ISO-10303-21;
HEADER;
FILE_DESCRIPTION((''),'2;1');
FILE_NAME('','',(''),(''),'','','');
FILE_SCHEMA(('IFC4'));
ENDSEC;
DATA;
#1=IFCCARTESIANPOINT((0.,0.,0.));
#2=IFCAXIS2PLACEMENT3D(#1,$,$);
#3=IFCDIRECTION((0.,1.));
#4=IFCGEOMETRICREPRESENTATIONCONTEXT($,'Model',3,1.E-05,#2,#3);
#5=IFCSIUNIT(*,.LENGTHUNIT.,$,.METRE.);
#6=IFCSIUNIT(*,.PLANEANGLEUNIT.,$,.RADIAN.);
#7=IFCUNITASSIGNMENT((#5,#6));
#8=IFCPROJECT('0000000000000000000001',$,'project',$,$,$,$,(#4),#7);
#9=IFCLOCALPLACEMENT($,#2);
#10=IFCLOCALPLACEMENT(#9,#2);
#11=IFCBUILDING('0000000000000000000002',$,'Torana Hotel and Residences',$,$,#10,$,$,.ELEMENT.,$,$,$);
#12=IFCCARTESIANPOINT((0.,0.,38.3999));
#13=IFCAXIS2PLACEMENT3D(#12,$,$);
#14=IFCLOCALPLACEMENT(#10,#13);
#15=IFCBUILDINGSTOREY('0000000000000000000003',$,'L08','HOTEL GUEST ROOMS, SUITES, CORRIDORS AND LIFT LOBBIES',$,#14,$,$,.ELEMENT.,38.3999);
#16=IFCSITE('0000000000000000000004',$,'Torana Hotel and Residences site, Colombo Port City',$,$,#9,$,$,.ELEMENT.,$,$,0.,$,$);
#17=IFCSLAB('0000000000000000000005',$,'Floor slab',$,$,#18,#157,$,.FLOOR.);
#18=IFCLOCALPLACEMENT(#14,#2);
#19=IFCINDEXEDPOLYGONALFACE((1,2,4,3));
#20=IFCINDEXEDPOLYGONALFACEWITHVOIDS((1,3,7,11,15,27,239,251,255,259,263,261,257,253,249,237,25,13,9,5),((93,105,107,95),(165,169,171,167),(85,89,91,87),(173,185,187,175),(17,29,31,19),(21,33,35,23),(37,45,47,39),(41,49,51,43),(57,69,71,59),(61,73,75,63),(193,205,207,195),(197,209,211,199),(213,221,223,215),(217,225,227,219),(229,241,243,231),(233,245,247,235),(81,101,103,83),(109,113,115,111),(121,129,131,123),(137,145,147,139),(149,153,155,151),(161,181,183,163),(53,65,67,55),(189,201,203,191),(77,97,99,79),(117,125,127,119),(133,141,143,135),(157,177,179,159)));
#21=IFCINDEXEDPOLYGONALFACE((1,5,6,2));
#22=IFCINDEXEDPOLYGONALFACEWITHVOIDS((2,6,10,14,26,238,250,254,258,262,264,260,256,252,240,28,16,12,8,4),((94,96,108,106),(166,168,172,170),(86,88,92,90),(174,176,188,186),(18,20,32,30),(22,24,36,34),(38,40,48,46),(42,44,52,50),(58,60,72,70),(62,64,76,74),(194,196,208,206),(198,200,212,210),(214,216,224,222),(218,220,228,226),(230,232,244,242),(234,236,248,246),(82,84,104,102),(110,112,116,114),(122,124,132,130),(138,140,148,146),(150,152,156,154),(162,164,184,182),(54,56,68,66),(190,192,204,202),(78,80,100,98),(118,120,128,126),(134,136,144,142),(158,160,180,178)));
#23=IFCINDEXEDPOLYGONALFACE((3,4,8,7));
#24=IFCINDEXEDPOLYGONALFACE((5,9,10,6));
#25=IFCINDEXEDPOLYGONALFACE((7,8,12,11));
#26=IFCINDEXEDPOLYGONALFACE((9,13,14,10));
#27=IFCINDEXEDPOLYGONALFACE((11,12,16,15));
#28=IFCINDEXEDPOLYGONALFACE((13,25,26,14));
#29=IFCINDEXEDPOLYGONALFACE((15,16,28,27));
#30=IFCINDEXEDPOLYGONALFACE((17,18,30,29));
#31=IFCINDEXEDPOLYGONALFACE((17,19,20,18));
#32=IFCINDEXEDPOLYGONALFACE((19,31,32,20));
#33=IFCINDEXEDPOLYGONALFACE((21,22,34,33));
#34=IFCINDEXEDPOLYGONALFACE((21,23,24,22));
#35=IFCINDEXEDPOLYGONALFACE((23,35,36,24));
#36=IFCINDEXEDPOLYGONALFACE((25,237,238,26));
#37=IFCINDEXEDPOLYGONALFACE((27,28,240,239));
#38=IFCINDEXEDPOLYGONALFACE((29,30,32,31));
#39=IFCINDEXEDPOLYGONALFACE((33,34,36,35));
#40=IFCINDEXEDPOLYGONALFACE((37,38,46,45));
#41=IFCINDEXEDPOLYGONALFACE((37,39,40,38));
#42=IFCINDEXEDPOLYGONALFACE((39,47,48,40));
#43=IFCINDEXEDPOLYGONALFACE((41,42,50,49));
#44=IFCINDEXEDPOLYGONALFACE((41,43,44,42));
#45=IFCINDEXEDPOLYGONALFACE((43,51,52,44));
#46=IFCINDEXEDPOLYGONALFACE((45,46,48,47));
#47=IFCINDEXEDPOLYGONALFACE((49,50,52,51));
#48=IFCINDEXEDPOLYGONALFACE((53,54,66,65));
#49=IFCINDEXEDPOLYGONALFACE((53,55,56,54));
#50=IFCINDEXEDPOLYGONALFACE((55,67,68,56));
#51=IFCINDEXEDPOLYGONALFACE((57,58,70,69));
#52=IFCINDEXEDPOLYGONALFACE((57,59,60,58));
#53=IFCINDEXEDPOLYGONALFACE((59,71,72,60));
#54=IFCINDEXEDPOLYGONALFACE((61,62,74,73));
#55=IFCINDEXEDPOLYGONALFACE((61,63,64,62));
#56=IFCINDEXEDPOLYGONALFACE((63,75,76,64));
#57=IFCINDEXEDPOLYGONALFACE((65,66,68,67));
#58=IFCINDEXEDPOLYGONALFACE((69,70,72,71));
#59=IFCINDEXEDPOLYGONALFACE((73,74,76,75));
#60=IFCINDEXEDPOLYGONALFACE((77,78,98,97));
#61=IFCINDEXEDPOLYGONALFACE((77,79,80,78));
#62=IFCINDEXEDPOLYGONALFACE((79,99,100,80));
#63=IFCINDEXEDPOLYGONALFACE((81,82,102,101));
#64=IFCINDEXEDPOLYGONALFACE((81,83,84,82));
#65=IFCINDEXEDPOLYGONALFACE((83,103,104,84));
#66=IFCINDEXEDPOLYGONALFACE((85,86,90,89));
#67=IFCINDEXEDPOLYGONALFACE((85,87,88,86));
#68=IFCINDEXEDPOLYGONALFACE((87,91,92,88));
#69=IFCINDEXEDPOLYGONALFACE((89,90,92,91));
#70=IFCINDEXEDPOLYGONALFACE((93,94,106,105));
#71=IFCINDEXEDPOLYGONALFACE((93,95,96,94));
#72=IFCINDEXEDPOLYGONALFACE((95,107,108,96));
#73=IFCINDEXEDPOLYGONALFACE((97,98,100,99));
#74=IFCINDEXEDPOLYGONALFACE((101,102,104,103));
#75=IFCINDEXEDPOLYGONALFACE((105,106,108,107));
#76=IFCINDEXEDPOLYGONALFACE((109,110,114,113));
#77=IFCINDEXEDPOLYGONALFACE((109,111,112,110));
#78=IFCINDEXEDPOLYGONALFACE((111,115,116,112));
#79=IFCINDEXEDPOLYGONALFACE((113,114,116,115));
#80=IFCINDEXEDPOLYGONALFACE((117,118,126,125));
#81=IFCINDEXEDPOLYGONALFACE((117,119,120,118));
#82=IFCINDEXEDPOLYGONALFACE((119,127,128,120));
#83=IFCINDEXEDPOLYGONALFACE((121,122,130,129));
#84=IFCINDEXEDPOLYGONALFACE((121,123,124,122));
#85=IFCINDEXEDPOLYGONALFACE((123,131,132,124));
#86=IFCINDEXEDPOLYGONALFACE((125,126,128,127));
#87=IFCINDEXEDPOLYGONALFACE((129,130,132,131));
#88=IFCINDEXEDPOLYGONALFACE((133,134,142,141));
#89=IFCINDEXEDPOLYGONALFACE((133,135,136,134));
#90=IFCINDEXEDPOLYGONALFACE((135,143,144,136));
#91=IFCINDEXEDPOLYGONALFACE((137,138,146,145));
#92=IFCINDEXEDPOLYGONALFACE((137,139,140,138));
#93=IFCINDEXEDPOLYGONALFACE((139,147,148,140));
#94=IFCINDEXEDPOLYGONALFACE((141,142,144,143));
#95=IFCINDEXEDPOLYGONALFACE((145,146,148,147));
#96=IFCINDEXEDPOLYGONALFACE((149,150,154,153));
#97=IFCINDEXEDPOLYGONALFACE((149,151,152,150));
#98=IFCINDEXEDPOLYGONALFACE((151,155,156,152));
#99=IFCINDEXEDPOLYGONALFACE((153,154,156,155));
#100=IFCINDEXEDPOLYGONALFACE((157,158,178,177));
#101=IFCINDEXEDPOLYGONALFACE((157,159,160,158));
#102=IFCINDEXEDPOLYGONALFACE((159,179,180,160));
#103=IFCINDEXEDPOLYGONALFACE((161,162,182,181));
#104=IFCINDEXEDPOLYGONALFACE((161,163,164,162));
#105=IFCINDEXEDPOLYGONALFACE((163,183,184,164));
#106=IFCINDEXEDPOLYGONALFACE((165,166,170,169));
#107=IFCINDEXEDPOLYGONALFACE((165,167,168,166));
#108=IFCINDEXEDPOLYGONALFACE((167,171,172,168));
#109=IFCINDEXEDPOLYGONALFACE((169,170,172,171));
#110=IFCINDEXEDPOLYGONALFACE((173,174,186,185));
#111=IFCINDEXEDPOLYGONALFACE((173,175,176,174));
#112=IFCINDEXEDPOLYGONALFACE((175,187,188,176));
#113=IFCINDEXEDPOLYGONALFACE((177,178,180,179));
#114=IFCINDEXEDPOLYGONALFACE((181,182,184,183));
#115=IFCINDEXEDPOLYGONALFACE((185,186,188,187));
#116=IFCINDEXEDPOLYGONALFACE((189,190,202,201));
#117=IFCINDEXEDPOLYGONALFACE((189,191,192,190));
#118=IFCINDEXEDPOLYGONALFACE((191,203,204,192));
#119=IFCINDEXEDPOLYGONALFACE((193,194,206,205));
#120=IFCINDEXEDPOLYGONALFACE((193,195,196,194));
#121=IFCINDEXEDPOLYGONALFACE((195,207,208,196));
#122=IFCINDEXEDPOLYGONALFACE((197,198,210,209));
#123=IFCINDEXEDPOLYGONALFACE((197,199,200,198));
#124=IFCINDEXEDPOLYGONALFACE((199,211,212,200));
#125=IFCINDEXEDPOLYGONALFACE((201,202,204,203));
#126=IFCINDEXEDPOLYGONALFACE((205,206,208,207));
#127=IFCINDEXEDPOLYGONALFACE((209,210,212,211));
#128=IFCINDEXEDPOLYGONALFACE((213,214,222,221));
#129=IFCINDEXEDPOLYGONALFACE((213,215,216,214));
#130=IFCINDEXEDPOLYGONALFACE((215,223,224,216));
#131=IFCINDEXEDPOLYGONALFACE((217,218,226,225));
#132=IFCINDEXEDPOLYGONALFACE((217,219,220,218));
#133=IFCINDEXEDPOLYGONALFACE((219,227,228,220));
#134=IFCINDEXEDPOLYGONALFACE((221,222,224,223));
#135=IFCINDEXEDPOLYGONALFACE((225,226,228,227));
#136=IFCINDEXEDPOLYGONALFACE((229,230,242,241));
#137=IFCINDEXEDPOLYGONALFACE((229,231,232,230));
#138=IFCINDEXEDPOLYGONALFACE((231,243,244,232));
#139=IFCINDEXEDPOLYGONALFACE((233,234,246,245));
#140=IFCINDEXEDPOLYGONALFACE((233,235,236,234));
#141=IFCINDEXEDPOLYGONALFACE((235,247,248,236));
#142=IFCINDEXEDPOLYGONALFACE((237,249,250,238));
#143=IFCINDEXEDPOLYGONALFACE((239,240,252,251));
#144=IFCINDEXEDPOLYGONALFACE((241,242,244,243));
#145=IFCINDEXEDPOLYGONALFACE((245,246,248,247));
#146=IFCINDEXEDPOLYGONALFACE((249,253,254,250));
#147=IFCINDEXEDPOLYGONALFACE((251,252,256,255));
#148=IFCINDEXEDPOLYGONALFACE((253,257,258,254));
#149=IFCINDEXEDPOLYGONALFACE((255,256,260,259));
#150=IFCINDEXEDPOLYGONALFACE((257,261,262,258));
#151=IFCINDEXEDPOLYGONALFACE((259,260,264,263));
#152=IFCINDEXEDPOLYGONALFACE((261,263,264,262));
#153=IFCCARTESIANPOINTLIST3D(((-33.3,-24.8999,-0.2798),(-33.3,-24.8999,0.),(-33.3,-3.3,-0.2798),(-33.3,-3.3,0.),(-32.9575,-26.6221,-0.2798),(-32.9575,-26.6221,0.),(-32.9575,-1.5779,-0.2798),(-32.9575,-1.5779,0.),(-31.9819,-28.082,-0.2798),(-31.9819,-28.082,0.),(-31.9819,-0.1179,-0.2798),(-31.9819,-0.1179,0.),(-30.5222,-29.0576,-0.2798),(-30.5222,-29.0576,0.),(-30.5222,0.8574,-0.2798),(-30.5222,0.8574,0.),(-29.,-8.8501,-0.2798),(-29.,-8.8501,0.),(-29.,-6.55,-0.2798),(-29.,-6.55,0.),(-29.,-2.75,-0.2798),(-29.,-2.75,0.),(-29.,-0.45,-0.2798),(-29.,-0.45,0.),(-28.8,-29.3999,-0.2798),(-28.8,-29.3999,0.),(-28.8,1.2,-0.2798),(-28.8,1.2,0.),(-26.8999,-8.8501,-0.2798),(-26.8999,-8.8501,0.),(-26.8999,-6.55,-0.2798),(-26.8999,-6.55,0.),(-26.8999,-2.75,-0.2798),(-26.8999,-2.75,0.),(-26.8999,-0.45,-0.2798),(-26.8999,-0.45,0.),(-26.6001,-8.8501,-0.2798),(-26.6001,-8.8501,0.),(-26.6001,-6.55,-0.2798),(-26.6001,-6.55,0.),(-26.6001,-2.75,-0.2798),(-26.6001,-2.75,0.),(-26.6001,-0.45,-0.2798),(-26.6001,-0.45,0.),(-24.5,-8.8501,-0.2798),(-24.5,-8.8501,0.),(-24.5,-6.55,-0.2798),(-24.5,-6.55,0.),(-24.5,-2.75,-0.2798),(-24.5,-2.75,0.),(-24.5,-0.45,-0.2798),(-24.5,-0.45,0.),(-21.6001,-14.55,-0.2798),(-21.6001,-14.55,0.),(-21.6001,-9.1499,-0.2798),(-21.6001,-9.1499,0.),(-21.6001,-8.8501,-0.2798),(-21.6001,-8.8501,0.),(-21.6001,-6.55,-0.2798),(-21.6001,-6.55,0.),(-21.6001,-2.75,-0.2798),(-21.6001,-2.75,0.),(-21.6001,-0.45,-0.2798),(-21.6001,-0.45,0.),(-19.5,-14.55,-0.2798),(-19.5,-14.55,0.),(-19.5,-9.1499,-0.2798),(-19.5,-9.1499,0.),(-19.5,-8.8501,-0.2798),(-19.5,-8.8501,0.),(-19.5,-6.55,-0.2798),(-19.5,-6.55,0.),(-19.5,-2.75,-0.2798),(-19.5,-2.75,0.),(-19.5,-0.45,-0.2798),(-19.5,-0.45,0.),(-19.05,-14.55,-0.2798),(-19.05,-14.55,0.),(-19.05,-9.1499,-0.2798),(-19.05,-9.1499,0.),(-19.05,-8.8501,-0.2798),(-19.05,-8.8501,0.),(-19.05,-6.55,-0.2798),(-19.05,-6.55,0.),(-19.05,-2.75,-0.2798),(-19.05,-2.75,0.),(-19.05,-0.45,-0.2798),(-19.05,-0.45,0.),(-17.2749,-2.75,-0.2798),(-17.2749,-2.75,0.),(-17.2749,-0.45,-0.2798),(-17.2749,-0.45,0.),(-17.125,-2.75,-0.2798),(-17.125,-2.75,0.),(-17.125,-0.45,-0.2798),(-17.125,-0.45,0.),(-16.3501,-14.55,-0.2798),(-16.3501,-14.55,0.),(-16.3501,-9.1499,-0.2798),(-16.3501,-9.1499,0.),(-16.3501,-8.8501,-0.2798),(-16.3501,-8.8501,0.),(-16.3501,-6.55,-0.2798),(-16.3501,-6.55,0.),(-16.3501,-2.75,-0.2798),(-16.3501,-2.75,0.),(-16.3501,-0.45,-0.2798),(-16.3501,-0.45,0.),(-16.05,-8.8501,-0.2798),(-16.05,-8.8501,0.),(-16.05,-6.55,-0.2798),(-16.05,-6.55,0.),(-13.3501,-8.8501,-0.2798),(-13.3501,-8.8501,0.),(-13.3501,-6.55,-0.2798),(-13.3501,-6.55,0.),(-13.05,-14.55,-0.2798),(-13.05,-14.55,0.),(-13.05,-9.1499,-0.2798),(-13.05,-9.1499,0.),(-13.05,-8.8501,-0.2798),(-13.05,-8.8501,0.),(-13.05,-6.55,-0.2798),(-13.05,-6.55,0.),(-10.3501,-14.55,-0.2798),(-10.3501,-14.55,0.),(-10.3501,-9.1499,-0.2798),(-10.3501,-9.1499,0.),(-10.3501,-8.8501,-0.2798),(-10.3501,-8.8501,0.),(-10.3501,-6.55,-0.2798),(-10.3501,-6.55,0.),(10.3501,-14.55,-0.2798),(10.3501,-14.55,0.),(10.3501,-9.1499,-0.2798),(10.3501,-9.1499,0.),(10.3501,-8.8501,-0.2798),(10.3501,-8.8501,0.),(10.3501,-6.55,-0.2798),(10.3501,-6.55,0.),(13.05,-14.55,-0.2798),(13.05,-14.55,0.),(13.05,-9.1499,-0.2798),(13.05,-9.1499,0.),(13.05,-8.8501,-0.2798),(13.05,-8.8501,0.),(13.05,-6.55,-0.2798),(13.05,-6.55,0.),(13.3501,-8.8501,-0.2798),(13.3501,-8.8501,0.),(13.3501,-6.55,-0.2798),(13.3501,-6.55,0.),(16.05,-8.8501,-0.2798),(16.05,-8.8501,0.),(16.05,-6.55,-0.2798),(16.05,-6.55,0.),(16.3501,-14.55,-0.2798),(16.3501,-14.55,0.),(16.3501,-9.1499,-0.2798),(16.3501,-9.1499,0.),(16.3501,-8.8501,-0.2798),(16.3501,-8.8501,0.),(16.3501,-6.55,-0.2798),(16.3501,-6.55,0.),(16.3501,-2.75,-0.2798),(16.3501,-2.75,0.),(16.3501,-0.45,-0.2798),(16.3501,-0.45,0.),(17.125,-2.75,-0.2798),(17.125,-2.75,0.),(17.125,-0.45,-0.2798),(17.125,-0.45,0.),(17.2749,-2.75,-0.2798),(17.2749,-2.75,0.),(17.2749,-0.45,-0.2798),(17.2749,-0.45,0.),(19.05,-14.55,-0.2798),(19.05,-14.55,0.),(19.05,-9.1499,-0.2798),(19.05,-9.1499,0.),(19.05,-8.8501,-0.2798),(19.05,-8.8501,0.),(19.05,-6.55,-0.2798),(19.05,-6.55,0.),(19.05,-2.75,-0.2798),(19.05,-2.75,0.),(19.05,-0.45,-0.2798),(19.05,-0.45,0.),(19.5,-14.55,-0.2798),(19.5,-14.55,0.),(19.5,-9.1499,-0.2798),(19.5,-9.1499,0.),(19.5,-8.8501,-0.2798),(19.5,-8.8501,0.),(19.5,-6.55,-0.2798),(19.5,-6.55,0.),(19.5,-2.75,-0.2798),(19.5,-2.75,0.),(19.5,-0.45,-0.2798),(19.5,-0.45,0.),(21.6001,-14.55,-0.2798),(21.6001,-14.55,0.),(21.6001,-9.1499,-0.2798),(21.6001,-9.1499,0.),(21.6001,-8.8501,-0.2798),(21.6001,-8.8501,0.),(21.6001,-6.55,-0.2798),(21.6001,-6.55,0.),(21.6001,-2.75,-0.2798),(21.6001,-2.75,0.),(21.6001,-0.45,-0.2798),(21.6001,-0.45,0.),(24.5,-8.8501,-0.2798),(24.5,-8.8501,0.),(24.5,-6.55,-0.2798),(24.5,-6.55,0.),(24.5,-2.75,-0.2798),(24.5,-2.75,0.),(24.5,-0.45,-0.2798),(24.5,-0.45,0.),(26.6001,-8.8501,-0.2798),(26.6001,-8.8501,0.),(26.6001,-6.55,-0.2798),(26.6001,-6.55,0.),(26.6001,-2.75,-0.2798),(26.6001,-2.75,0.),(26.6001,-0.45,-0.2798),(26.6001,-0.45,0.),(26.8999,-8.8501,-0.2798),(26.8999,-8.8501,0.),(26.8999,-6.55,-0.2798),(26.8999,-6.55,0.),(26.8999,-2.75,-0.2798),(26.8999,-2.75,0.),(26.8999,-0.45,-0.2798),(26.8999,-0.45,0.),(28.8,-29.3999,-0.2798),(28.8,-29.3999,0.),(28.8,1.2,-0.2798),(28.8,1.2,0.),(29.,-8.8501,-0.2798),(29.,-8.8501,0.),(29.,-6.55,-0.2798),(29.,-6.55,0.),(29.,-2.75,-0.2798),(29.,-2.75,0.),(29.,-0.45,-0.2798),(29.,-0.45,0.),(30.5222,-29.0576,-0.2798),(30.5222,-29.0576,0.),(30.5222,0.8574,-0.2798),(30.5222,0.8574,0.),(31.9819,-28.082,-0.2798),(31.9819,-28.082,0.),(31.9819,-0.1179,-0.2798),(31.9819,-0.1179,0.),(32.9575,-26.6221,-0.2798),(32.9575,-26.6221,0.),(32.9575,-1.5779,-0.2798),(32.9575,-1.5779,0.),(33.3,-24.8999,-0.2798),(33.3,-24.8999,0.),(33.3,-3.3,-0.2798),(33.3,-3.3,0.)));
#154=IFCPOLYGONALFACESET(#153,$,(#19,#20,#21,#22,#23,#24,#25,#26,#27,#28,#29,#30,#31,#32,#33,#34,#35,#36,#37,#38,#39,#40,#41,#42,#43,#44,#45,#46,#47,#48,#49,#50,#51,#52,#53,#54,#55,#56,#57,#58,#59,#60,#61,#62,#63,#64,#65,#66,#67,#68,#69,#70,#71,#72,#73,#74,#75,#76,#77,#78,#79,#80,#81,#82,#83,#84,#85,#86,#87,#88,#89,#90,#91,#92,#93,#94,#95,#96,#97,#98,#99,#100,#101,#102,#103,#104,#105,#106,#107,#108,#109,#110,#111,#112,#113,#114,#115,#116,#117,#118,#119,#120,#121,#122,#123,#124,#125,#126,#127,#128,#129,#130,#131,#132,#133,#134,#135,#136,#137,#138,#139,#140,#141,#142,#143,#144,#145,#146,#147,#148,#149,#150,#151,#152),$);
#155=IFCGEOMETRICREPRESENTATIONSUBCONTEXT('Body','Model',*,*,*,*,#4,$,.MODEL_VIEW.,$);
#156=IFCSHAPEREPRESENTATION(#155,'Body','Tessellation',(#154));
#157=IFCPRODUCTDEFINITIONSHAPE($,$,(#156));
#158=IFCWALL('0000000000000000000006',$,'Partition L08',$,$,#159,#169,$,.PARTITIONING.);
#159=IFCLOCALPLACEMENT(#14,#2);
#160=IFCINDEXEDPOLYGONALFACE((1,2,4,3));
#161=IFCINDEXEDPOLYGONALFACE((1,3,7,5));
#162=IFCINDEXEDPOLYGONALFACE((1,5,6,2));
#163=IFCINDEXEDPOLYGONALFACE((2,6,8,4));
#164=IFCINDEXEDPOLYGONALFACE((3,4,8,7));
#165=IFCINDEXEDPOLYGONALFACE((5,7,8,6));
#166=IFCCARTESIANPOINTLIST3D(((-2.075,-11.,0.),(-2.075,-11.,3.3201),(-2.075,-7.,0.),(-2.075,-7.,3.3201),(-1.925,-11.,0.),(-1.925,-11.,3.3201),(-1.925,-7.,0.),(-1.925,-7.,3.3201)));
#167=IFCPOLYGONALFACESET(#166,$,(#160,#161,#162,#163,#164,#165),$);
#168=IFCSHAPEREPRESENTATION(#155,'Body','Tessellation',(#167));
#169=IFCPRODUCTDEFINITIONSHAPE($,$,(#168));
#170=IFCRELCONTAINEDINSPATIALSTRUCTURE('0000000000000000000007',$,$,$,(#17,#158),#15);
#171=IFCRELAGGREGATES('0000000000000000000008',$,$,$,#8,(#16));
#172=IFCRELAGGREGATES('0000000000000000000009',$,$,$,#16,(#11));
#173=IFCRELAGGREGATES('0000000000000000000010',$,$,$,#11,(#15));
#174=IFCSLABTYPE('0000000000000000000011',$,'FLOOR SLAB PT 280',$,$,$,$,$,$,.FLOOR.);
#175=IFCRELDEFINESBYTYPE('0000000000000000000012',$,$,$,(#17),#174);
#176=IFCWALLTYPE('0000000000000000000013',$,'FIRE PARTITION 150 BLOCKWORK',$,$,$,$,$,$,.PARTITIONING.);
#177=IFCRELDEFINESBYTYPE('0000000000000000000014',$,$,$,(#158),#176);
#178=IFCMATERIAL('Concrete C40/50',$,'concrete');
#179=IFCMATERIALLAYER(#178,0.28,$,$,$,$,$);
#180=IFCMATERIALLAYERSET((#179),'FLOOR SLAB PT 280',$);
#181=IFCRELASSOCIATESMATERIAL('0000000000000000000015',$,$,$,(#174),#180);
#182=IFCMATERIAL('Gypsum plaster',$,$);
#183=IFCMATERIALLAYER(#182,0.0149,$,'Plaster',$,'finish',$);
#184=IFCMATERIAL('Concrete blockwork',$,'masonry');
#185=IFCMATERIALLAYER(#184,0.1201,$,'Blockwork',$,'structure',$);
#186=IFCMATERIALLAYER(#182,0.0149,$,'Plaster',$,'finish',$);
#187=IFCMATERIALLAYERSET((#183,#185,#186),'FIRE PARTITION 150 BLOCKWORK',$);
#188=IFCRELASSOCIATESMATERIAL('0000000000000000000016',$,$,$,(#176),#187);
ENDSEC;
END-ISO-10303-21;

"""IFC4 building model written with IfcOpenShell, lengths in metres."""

from ifc_helpers import new_model, si_unit, direction, frame, frame_2d, origin, place, context, subcontext, project, spatial, polyline, rectangle, outline, extrude, material, layer, layer_set, type_object, element, save


model = new_model("IFC4")

# Units and contexts
model_context = context("Model", 3, precision=1e-05, world=origin(), true_north=direction((0.0, 1.0)))
body_context = subcontext(model_context, "Body", "Model", "MODEL_VIEW")
ifc_project = project(units=[si_unit("LENGTHUNIT", "METRE"), si_unit("PLANEANGLEUNIT", "RADIAN")], contexts=[model_context])

# Site, building, storey
site_placement = place(None, origin())
site = spatial("IfcSite", under=ifc_project, at=site_placement, Name="Torana Hotel and Residences site, Colombo Port City", CompositionType="ELEMENT", RefElevation=0.0)
building_placement = place(site_placement, origin())
building = spatial("IfcBuilding", under=site, at=building_placement, Name="Torana Hotel and Residences", CompositionType="ELEMENT")
storey_placement = place(building_placement, frame((0.0, 0.0, 38.3999)))
storey = spatial("IfcBuildingStorey", under=building, at=storey_placement, Name="L08", Description="HOTEL GUEST ROOMS, SUITES, CORRIDORS AND LIFT LOBBIES", CompositionType="ELEMENT", Elevation=38.3999)

# Slab
ifc_material_1 = material(Name="Concrete C40/50", Category="concrete")
ifc_layer_1 = layer(ifc_material_1, 0.28)
ifc_layer_set_1 = layer_set([ifc_layer_1], Name="FLOOR SLAB PT 280")
slab_type_1 = type_object("IfcSlabType", Name="FLOOR SLAB PT 280", PredefinedType="FLOOR", material=ifc_layer_set_1)
slab_1_placement = place(storey_placement, frame((0.0, 0.0, -0.2798)))
element("IfcSlab", 1, at=slab_1_placement, inside=storey, type_object=slab_type_1, Name="Floor slab", PredefinedType="FLOOR", context=body_context, shape_type="SweptSolid", body=[
    extrude(outline(polyline([(33.3, -3.3), (32.9575, -1.5779), (31.9819, -0.1179), (30.5222, 0.8574), (28.8, 1.2), (-28.8, 1.2), (-30.5222, 0.8574), (-31.9819, -0.1179), (-32.9575, -1.5779), (-33.3, -3.3), (-33.3, -24.8999), (-32.9575, -26.6221), (-31.9819, -28.082), (-30.5222, -29.0576), (-28.8, -29.3999), (28.8, -29.3999), (30.5222, -29.0576), (31.9819, -28.082), (32.9575, -26.6221), (33.3, -24.8999), (33.3, -3.3)]), holes=[polyline([(-13.05, -14.55), (-10.3501, -14.55), (-10.3501, -9.1499), (-13.05, -9.1499), (-13.05, -14.55)]), polyline([(-19.05, -14.55), (-16.3501, -14.55), (-16.3501, -9.1499), (-19.05, -9.1499), (-19.05, -14.55)]), polyline([(-17.125, -2.75), (-16.3501, -2.75), (-16.3501, -0.45), (-17.125, -0.45), (-17.125, -2.75)]), polyline([(-19.05, -2.75), (-17.2749, -2.75), (-17.2749, -0.45), (-19.05, -0.45), (-19.05, -2.75)]), polyline([(-26.6001, -2.75), (-24.5, -2.75), (-24.5, -0.45), (-26.6001, -0.45), (-26.6001, -2.75)]), polyline([(-29.0, -2.75), (-26.8999, -2.75), (-26.8999, -0.45), (-29.0, -0.45), (-29.0, -2.75)]), polyline([(-26.6001, -8.8501), (-24.5, -8.8501), (-24.5, -6.55), (-26.6001, -6.55), (-26.6001, -8.8501)]), polyline([(-29.0, -8.8501), (-26.8999, -8.8501), (-26.8999, -6.55), (-29.0, -6.55), (-29.0, -8.8501)]), polyline([(-21.6001, -2.75), (-19.5, -2.75), (-19.5, -0.45), (-21.6001, -0.45), (-21.6001, -2.75)]), polyline([(-21.6001, -8.8501), (-19.5, -8.8501), (-19.5, -6.55), (-21.6001, -6.55), (-21.6001, -8.8501)]), polyline([(-13.05, -8.8501), (-10.3501, -8.8501), (-10.3501, -6.55), (-13.05, -6.55), (-13.05, -8.8501)]), polyline([(-16.05, -8.8501), (-13.3501, -8.8501), (-13.3501, -6.55), (-16.05, -6.55), (-16.05, -8.8501)]), polyline([(-19.05, -8.8501), (-16.3501, -8.8501), (-16.3501, -6.55), (-19.05, -6.55), (-19.05, -8.8501)]), polyline([(-21.6001, -14.55), (-19.5, -14.55), (-19.5, -9.1499), (-21.6001, -9.1499), (-21.6001, -14.55)]), polyline([(10.3501, -14.55), (13.05, -14.55), (13.05, -9.1499), (10.3501, -9.1499), (10.3501, -14.55)]), polyline([(16.3501, -14.55), (19.05, -14.55), (19.05, -9.1499), (16.3501, -9.1499), (16.3501, -14.55)]), polyline([(16.3501, -2.75), (17.125, -2.75), (17.125, -0.45), (16.3501, -0.45), (16.3501, -2.75)]), polyline([(17.2749, -2.75), (19.05, -2.75), (19.05, -0.45), (17.2749, -0.45), (17.2749, -2.75)]), polyline([(24.5, -2.75), (26.6001, -2.75), (26.6001, -0.45), (24.5, -0.45), (24.5, -2.75)]), polyline([(26.8999, -2.75), (29.0, -2.75), (29.0, -0.45), (26.8999, -0.45), (26.8999, -2.75)]), polyline([(24.5, -8.8501), (26.6001, -8.8501), (26.6001, -6.55), (24.5, -6.55), (24.5, -8.8501)]), polyline([(26.8999, -8.8501), (29.0, -8.8501), (29.0, -6.55), (26.8999, -6.55), (26.8999, -8.8501)]), polyline([(19.5, -2.75), (21.6001, -2.75), (21.6001, -0.45), (19.5, -0.45), (19.5, -2.75)]), polyline([(19.5, -8.8501), (21.6001, -8.8501), (21.6001, -6.55), (19.5, -6.55), (19.5, -8.8501)]), polyline([(10.3501, -8.8501), (13.05, -8.8501), (13.05, -6.55), (10.3501, -6.55), (10.3501, -8.8501)]), polyline([(13.3501, -8.8501), (16.05, -8.8501), (16.05, -6.55), (13.3501, -6.55), (13.3501, -8.8501)]), polyline([(16.3501, -8.8501), (19.05, -8.8501), (19.05, -6.55), (16.3501, -6.55), (16.3501, -8.8501)]), polyline([(19.5, -14.55), (21.6001, -14.55), (21.6001, -9.1499), (19.5, -9.1499), (19.5, -14.55)])]), origin(), (0.0, 0.0, 1.0), 0.2798),
])

# Wall
ifc_material_2 = material(Name="Gypsum plaster")
ifc_layer_2 = layer(ifc_material_2, 0.0149, Name="Plaster", Category="finish")
ifc_material_3 = material(Name="Concrete blockwork", Category="masonry")
ifc_layer_3 = layer(ifc_material_3, 0.1201, Name="Blockwork", Category="structure")
ifc_layer_4 = layer(ifc_material_2, 0.0149, Name="Plaster", Category="finish")
ifc_layer_set_2 = layer_set([ifc_layer_2, ifc_layer_3, ifc_layer_4], Name="FIRE PARTITION 150 BLOCKWORK")
wall_type_1 = type_object("IfcWallType", Name="FIRE PARTITION 150 BLOCKWORK", PredefinedType="PARTITIONING", material=ifc_layer_set_2)
wall_1_placement = place(storey_placement, frame((-2.0, -11.0, 0.0), z_axis=(0.0, 0.0, 1.0), x_axis=(0.0, 1.0, 0.0)))
element("IfcWall", 2, at=wall_1_placement, inside=storey, type_object=wall_type_1, Name="Partition L08", PredefinedType="PARTITIONING", context=body_context, shape_type="SweptSolid", body=[
    extrude(rectangle(XDim=4.0, YDim=0.1499, at=frame_2d((2.0, 0.0))), origin(), (0.0, 0.0, 1.0), 3.3201),
])

save(model, "model.ifc")
